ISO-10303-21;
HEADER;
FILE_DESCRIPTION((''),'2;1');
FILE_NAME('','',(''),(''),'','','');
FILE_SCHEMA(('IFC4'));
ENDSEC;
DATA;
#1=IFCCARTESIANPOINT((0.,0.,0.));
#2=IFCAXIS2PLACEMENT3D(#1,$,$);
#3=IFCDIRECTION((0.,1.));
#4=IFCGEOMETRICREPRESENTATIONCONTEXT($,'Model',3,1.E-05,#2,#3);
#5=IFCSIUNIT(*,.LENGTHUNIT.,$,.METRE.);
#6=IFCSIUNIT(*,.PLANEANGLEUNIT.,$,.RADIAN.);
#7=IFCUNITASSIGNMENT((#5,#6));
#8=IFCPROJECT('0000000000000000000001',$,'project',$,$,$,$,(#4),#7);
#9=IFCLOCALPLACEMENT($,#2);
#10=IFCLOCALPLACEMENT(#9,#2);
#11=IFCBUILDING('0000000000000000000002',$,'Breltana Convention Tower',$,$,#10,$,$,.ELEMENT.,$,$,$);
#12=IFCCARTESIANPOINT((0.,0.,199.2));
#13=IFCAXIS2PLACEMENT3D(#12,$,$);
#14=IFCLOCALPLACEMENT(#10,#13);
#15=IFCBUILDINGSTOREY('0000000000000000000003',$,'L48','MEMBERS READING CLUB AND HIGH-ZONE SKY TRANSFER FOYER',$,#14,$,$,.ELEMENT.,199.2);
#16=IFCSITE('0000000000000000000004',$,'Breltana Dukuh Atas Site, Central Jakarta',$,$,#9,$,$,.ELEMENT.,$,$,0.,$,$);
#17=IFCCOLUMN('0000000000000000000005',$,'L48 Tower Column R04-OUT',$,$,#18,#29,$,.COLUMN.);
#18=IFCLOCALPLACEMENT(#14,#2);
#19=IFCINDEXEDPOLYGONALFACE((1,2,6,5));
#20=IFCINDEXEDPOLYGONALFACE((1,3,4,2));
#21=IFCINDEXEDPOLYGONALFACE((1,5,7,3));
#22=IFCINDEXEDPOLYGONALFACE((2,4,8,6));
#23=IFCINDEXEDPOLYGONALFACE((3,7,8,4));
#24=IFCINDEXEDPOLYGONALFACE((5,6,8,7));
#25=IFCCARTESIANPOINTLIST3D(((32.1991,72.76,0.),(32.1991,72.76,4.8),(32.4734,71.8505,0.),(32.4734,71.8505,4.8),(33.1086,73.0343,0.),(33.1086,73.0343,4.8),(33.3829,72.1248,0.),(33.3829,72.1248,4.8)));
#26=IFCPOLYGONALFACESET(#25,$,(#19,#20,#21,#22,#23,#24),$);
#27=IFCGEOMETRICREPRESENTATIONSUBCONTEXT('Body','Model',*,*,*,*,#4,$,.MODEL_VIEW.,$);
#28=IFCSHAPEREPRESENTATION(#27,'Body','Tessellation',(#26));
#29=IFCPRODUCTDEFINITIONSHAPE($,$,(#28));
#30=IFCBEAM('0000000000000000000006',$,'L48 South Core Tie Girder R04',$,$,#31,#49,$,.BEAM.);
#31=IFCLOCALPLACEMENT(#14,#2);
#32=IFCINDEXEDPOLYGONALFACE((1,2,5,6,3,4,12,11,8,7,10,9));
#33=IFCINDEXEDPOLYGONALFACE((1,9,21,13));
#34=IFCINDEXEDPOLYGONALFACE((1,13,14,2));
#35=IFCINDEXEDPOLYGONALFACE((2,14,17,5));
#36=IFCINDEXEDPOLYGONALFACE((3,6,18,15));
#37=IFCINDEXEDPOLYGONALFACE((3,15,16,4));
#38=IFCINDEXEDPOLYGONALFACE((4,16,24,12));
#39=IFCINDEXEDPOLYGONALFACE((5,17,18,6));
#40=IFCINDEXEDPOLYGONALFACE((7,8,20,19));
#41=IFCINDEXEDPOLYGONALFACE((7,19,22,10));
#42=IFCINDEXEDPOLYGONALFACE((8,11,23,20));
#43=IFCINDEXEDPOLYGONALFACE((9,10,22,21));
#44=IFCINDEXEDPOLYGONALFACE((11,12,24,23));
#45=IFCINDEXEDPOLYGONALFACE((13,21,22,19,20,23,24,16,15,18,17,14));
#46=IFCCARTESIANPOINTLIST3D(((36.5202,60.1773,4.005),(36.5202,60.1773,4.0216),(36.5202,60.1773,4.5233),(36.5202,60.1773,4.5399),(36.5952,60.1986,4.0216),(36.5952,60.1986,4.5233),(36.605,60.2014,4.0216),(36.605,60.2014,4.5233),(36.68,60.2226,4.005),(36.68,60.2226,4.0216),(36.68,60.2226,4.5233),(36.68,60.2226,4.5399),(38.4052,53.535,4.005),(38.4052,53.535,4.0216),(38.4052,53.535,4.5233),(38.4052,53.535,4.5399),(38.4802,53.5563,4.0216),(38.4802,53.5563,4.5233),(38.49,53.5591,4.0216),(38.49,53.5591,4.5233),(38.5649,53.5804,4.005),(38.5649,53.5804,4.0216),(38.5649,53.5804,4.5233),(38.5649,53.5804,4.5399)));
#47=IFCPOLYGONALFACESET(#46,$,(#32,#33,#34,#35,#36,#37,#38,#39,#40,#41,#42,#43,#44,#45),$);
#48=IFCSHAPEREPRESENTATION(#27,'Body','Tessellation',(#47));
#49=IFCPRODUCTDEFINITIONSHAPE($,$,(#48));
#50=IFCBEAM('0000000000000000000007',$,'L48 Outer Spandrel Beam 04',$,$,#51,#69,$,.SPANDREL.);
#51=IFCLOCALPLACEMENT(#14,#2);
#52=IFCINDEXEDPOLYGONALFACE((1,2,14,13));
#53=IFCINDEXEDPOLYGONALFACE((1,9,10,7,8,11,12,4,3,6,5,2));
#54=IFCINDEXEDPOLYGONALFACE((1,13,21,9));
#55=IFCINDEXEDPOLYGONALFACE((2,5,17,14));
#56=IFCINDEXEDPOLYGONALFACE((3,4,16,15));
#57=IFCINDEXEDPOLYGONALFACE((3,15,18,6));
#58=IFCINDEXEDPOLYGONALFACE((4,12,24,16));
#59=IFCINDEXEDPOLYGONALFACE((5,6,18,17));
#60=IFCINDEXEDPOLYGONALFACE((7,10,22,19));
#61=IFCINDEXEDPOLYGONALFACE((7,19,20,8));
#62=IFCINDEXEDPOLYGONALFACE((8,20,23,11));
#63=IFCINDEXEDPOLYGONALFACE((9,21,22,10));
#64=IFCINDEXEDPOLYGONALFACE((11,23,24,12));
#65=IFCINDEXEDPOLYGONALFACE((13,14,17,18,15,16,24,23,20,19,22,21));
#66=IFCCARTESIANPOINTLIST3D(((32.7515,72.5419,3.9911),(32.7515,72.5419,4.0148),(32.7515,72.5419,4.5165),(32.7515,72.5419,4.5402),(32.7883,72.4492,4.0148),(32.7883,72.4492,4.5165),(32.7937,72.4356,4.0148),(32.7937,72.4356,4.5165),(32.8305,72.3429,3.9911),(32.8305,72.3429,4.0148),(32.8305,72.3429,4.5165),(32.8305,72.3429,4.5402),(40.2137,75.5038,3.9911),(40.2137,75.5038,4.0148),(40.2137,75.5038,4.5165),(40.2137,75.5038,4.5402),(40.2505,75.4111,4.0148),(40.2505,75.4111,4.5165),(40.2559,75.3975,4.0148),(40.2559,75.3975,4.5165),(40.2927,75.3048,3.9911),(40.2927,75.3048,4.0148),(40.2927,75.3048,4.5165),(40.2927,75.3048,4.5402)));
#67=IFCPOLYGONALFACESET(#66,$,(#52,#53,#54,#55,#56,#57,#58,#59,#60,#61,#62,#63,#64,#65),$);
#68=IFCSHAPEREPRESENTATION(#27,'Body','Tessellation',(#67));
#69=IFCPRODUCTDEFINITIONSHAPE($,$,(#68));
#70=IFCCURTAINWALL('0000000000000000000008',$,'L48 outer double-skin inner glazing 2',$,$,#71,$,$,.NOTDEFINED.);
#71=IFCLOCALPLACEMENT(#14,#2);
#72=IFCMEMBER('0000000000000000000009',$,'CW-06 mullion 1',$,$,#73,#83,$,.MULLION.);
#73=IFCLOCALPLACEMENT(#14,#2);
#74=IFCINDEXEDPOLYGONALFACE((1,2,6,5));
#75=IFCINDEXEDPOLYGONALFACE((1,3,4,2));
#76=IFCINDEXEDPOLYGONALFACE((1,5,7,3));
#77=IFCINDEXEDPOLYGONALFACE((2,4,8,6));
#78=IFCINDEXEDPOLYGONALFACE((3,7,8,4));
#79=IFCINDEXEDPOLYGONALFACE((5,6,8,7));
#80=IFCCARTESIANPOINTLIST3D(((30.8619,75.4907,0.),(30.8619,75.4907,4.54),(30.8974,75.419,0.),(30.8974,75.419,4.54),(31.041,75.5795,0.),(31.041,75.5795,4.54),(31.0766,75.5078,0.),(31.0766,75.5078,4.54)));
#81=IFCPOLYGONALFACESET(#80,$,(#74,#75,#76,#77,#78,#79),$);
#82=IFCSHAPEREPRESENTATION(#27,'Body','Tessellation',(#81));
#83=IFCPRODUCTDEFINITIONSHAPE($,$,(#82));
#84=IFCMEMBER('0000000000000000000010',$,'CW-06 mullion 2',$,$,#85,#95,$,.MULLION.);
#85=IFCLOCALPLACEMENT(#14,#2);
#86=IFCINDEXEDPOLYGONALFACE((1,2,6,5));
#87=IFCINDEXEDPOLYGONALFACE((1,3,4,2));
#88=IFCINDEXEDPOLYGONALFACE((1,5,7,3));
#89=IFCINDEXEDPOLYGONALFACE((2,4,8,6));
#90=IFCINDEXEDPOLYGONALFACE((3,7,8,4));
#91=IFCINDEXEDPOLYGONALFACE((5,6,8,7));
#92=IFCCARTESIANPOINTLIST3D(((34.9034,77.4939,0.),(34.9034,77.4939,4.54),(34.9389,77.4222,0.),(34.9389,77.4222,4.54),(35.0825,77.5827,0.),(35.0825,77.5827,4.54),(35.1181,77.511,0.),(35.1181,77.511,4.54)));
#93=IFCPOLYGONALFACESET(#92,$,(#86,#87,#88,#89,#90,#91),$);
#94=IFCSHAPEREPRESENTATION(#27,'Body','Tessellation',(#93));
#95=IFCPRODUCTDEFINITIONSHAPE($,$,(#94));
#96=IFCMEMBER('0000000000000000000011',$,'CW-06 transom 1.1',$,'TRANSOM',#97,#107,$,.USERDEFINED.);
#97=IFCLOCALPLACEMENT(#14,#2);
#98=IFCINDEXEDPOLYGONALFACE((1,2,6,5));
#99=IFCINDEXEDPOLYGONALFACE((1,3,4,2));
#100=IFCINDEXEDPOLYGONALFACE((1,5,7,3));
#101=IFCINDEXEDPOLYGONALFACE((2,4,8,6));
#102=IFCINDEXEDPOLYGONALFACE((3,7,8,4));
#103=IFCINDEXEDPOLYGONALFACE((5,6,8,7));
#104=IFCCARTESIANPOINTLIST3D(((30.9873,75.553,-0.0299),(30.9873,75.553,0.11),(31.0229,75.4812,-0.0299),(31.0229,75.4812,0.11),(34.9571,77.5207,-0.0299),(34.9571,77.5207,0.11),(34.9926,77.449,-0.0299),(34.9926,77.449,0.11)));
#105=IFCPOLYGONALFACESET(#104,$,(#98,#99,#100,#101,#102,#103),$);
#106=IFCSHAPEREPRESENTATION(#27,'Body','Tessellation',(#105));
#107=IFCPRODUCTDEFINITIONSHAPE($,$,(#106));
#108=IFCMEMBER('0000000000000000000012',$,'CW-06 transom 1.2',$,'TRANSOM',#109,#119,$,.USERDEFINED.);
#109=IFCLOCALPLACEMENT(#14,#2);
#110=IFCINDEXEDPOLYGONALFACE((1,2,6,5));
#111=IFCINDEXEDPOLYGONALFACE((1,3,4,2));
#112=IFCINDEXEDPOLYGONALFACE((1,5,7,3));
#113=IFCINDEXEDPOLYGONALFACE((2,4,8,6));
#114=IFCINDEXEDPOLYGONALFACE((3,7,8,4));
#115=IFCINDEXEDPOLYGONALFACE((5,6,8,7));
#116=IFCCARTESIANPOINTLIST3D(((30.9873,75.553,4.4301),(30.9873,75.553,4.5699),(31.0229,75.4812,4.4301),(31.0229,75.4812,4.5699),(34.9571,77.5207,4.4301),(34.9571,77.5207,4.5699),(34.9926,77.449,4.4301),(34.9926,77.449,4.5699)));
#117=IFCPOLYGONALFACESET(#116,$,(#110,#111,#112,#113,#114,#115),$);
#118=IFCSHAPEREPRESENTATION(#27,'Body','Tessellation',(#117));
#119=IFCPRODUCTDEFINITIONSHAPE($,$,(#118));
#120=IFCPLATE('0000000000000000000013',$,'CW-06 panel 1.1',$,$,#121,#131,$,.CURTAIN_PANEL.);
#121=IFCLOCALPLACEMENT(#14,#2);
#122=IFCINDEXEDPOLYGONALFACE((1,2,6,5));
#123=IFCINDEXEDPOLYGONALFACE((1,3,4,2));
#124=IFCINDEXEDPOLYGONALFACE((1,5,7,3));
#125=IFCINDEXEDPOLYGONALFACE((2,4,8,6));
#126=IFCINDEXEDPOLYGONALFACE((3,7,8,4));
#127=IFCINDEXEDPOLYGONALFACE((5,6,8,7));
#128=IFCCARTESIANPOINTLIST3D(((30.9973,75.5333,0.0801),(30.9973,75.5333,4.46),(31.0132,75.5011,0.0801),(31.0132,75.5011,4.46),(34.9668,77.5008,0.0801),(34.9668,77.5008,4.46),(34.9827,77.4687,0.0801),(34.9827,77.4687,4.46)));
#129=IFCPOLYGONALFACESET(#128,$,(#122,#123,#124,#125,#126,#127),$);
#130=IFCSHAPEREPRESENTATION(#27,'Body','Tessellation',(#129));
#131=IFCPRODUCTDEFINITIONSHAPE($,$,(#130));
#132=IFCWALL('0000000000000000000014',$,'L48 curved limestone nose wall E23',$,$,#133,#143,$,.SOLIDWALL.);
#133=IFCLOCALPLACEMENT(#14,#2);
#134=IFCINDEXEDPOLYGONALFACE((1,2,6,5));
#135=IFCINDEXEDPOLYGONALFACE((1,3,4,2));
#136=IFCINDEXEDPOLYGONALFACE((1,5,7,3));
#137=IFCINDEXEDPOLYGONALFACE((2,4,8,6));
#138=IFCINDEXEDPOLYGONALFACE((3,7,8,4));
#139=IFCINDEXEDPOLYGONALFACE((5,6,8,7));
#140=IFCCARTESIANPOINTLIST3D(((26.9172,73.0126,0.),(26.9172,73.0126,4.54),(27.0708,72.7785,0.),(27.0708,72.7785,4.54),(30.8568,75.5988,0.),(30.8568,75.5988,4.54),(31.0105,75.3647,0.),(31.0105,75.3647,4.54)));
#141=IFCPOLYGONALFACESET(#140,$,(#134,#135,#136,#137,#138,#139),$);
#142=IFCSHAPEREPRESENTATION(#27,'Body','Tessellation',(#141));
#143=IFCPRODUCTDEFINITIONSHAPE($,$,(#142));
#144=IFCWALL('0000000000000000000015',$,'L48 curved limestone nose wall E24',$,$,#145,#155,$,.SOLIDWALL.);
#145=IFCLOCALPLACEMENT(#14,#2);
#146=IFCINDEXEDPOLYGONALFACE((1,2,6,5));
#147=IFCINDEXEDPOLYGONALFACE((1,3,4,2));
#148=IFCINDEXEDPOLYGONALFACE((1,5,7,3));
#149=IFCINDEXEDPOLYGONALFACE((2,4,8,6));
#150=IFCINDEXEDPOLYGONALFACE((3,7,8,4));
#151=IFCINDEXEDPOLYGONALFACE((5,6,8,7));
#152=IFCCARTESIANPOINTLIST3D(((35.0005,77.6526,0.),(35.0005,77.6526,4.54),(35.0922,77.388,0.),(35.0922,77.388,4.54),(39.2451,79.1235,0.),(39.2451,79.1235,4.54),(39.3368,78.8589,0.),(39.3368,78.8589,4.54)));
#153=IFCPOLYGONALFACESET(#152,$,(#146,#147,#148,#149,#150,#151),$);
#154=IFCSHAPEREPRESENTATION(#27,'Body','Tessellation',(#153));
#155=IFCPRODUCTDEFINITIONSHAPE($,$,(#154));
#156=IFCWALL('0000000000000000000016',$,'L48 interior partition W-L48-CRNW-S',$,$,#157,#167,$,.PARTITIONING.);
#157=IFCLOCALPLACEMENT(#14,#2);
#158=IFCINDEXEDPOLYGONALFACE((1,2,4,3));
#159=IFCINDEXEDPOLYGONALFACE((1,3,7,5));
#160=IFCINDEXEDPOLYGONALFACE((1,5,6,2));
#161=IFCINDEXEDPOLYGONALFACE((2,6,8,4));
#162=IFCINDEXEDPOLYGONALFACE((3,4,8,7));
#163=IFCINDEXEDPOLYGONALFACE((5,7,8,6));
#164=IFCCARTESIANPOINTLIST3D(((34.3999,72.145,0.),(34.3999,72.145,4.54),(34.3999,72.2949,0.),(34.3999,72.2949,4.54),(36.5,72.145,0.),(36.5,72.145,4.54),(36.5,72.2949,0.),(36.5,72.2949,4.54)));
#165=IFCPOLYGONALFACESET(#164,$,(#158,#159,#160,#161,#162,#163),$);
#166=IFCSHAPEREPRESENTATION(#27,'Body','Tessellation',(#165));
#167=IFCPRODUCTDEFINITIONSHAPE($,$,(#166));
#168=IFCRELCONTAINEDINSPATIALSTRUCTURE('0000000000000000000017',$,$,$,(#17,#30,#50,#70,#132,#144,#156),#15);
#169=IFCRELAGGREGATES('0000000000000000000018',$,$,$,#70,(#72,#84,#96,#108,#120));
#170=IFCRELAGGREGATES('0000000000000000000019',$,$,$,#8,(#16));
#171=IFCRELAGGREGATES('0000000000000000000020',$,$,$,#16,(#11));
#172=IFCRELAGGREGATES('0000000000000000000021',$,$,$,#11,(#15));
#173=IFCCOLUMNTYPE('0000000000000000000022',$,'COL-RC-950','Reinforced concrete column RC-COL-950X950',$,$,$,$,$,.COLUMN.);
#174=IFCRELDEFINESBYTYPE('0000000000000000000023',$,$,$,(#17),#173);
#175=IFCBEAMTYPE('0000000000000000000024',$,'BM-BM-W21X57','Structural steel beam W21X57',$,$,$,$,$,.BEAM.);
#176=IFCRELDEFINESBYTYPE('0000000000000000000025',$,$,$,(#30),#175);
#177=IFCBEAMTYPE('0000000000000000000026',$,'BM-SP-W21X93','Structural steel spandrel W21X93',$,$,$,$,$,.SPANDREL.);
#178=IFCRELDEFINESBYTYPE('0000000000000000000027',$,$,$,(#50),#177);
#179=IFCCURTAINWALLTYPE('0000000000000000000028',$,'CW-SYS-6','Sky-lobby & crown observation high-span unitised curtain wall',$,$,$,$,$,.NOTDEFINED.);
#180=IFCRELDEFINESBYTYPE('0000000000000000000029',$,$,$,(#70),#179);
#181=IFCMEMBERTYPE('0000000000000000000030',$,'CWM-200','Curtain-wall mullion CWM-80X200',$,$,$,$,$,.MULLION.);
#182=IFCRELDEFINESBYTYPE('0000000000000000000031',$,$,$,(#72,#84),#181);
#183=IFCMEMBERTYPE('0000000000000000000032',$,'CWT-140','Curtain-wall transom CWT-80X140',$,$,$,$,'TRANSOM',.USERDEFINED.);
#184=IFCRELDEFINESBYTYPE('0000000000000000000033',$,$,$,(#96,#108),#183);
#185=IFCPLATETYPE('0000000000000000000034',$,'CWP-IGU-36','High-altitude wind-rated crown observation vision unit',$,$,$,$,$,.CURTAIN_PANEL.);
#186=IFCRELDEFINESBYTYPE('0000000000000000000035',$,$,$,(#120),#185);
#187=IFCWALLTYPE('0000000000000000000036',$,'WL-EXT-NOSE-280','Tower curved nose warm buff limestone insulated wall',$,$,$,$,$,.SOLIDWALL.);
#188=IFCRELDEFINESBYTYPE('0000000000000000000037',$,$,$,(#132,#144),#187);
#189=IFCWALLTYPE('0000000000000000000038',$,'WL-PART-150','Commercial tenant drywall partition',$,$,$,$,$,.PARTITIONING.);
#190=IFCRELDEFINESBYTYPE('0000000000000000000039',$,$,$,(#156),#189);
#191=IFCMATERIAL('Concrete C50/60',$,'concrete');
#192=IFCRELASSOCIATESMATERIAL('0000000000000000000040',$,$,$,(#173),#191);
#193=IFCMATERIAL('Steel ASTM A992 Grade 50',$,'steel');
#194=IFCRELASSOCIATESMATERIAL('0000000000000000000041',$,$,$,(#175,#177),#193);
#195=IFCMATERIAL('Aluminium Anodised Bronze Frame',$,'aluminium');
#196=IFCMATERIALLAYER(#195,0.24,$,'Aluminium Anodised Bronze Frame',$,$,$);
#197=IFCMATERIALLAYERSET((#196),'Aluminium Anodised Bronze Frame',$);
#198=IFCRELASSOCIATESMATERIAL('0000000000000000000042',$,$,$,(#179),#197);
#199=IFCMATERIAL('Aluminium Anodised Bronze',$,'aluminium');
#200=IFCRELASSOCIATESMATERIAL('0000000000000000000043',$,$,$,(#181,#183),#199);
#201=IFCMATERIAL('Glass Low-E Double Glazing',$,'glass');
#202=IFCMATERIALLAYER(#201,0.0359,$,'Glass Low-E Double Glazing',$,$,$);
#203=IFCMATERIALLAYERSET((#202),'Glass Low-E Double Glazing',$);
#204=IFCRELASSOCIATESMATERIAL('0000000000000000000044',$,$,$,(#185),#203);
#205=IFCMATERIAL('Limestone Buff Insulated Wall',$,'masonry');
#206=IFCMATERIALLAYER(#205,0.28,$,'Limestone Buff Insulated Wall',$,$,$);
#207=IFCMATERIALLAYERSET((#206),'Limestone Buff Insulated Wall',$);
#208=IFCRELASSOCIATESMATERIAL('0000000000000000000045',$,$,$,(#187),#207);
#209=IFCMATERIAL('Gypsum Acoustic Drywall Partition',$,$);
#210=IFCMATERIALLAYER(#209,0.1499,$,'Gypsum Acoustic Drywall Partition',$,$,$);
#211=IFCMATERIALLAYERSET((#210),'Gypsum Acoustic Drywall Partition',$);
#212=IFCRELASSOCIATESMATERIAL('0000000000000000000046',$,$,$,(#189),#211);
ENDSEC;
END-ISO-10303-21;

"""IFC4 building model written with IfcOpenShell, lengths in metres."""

from ifc_helpers import new_model, si_unit, direction, frame, frame_2d, origin, origin_2d, place, context, subcontext, project, spatial, rectangle, i_section, extrude, source, transform, mapped, material, layer, layer_set, material_profile, profile_set, type_object, type_shapes, element, aggregate, save


model = new_model("IFC4")

# Units and contexts
model_context = context("Model", 3, precision=1e-05, world=origin(), true_north=direction((0.0, 1.0)))
body_context = subcontext(model_context, "Body", "Model", "MODEL_VIEW")
ifc_project = project(units=[si_unit("LENGTHUNIT", "METRE"), si_unit("PLANEANGLEUNIT", "RADIAN")], contexts=[model_context])

# Site, building, storey
site_placement = place(None, origin())
site = spatial("IfcSite", under=ifc_project, at=site_placement, Name="Breltana Dukuh Atas Site, Central Jakarta", CompositionType="ELEMENT", RefElevation=0.0)
building_placement = place(site_placement, origin())
building = spatial("IfcBuilding", under=site, at=building_placement, Name="Breltana Convention Tower", CompositionType="ELEMENT")
storey_placement = place(building_placement, frame((0.0, 0.0, 199.2)))
storey = spatial("IfcBuildingStorey", under=building, at=storey_placement, Name="L48", Description="MEMBERS READING CLUB AND HIGH-ZONE SKY TRANSFER FOYER", CompositionType="ELEMENT", Elevation=199.2)

# Column
ifc_material_1 = material(Name="Concrete C50/60", Category="concrete")
ifc_material_profile_1 = material_profile(ifc_material_1, rectangle(XDim=0.95, YDim=0.95, at=origin_2d()), Name="RC-COL-950X950")
ifc_profile_set_1 = profile_set([ifc_material_profile_1], Name="Concrete C50/60")
column_type = type_object("IfcColumnType", Name="COL-RC-950", Description="Reinforced concrete column RC-COL-950X950", PredefinedType="COLUMN", material=ifc_profile_set_1)
shared_shape_1 = source(origin(), body_context, "Body", "SweptSolid", [
    extrude(rectangle(XDim=0.95, YDim=0.95, at=origin_2d()), origin(), (0.0, 0.0, 1.0), 4.8),
])
type_shapes(column_type, [shared_shape_1])
column_placement = place(storey_placement, frame((32.791, 72.4424, 0.0), z_axis=(0.0, 0.0, 1.0), x_axis=(-0.288698, 0.95742, 0.0)))
element("IfcColumn", 1, at=column_placement, inside=storey, type_object=column_type, Name="L48 Tower Column R04-OUT", PredefinedType="COLUMN", context=body_context, shape_type="MappedRepresentation", body=[
    mapped(shared_shape_1, transform((0.0, 0.0, 0.0), scale=1.0)),
])

# Beams
ifc_material_2 = material(Name="Steel ASTM A992 Grade 50", Category="steel")
ifc_material_profile_2 = material_profile(ifc_material_2, i_section(OverallWidth=0.166, OverallDepth=0.5349, WebThickness=0.0103, FlangeThickness=0.0166, at=origin_2d()), Name="W21X57")
ifc_profile_set_2 = profile_set([ifc_material_profile_2], Name="Steel ASTM A992 Grade 50")
beam_type_1 = type_object("IfcBeamType", Name="BM-BM-W21X57", Description="Structural steel beam W21X57", PredefinedType="BEAM", material=ifc_profile_set_2)
shared_shape_2 = source(origin(), body_context, "Body", "SweptSolid", [
    extrude(i_section(OverallWidth=0.166, OverallDepth=0.5349, WebThickness=0.0103, FlangeThickness=0.0166, at=origin_2d()), origin(), (0.0, 0.0, 1.0), 6.9045),
])
type_shapes(beam_type_1, [shared_shape_2])
beam_1_placement = place(storey_placement, frame((36.6001, 60.2, 4.2725), z_axis=(0.273007, -0.962012, 0.0), x_axis=(0.962012, 0.273007, 0.0)))
element("IfcBeam", 2, at=beam_1_placement, inside=storey, type_object=beam_type_1, Name="L48 South Core Tie Girder R04", PredefinedType="BEAM", context=body_context, shape_type="MappedRepresentation", body=[
    mapped(shared_shape_2, transform((0.0, 0.0, 0.0), scale=1.0)),
])
ifc_material_profile_3 = material_profile(ifc_material_2, i_section(OverallWidth=0.2141, OverallDepth=0.5491, WebThickness=0.0146, FlangeThickness=0.0237, at=origin_2d()), Name="W21X93")
ifc_profile_set_3 = profile_set([ifc_material_profile_3], Name="Steel ASTM A992 Grade 50")
beam_type_2 = type_object("IfcBeamType", Name="BM-SP-W21X93", Description="Structural steel spandrel W21X93", PredefinedType="SPANDREL", material=ifc_profile_set_3)
shared_shape_3 = source(origin(), body_context, "Body", "SweptSolid", [
    extrude(i_section(OverallWidth=0.2141, OverallDepth=0.5491, WebThickness=0.0146, FlangeThickness=0.0237, at=origin_2d()), origin(), (0.0, 0.0, 1.0), 8.0286),
])
beam_2_placement = place(storey_placement, frame((32.791, 72.4424, 4.2656), z_axis=(0.929459, 0.368925, 0.0), x_axis=(-0.368925, 0.929459, 0.0)))
element("IfcBeam", 3, at=beam_2_placement, inside=storey, type_object=beam_type_2, Name="L48 Outer Spandrel Beam 04", PredefinedType="SPANDREL", context=body_context, shape_type="MappedRepresentation", body=[
    mapped(shared_shape_3, transform((0.0, 0.0, 0.0), scale=1.0)),
])

# Curtain wall, members, plate
ifc_material_3 = material(Name="Aluminium Anodised Bronze Frame", Category="aluminium")
ifc_layer_1 = layer(ifc_material_3, 0.24, Name="Aluminium Anodised Bronze Frame")
ifc_layer_set_1 = layer_set([ifc_layer_1], Name="Aluminium Anodised Bronze Frame")
curtain_wall_type = type_object("IfcCurtainWallType", Name="CW-SYS-6", Description="Sky-lobby & crown observation high-span unitised curtain wall", PredefinedType="NOTDEFINED", material=ifc_layer_set_1)
curtain_wall_placement = place(storey_placement, origin())
curtain_wall = element("IfcCurtainWall", 4, at=curtain_wall_placement, inside=storey, type_object=curtain_wall_type, Name="L48 outer double-skin inner glazing 2", PredefinedType="NOTDEFINED")
ifc_material_4 = material(Name="Aluminium Anodised Bronze", Category="aluminium")
ifc_material_profile_4 = material_profile(ifc_material_4, rectangle(XDim=0.0801, YDim=0.2, at=origin_2d()), Name="CWM-80X200")
ifc_profile_set_4 = profile_set([ifc_material_profile_4], Name="Aluminium Anodised Bronze")
member_type_1 = type_object("IfcMemberType", Name="CWM-200", Description="Curtain-wall mullion CWM-80X200", PredefinedType="MULLION", material=ifc_profile_set_4)
shared_shape_4 = source(origin(), body_context, "Body", "SweptSolid", [
    extrude(rectangle(XDim=0.0801, YDim=0.2, at=origin_2d()), origin(), (0.0, 0.0, 1.0), 4.54),
])
member_1_placement = place(storey_placement, frame((30.9692, 75.4993, 0.0), z_axis=(0.0, 0.0, 1.0), x_axis=(-0.444109, 0.895973, 0.0)))
member_1 = element("IfcMember", 5, at=member_1_placement, type_object=member_type_1, Name="CW-06 mullion 1", PredefinedType="MULLION", context=body_context, shape_type="MappedRepresentation", body=[
    mapped(shared_shape_4, transform((0.0, 0.0, 0.0), scale=1.0)),
])
member_2_placement = place(storey_placement, frame((35.0107, 77.5024, 0.0), z_axis=(0.0, 0.0, 1.0), x_axis=(-0.444109, 0.895973, 0.0)))
member_2 = element("IfcMember", 6, at=member_2_placement, type_object=member_type_1, Name="CW-06 mullion 2", PredefinedType="MULLION", context=body_context, shape_type="MappedRepresentation", body=[
    mapped(shared_shape_4, transform((0.0, 0.0, 0.0), scale=1.0)),
])
ifc_material_profile_5 = material_profile(ifc_material_4, rectangle(XDim=0.0801, YDim=0.1399, at=origin_2d()), Name="CWT-80X140")
ifc_profile_set_5 = profile_set([ifc_material_profile_5], Name="Aluminium Anodised Bronze")
member_type_2 = type_object("IfcMemberType", Name="CWT-140", Description="Curtain-wall transom CWT-80X140", ElementType="TRANSOM", PredefinedType="USERDEFINED", material=ifc_profile_set_5)
shared_shape_5 = source(origin(), body_context, "Body", "SweptSolid", [
    extrude(rectangle(XDim=0.0801, YDim=0.1399, at=origin_2d()), origin(), (0.0, 0.0, 1.0), 4.4307),
])
member_3_placement = place(storey_placement, frame((31.0051, 75.5171, 0.04), z_axis=(0.895965, 0.444125, 0.0), x_axis=(-0.444125, 0.895965, 0.0)))
member_3 = element("IfcMember", 7, at=member_3_placement, type_object=member_type_2, Name="CW-06 transom 1.1", ObjectType="TRANSOM", PredefinedType="USERDEFINED", context=body_context, shape_type="MappedRepresentation", body=[
    mapped(shared_shape_5, transform((0.0, 0.0, 0.0), scale=1.0)),
])
member_4_placement = place(storey_placement, frame((31.0051, 75.5171, 4.5), z_axis=(0.895965, 0.444125, 0.0), x_axis=(-0.444125, 0.895965, 0.0)))
member_4 = element("IfcMember", 8, at=member_4_placement, type_object=member_type_2, Name="CW-06 transom 1.2", ObjectType="TRANSOM", PredefinedType="USERDEFINED", context=body_context, shape_type="MappedRepresentation", body=[
    mapped(shared_shape_5, transform((0.0, 0.0, 0.0), scale=1.0)),
])
ifc_material_5 = material(Name="Glass Low-E Double Glazing", Category="glass")
ifc_layer_2 = layer(ifc_material_5, 0.0359, Name="Glass Low-E Double Glazing")
ifc_layer_set_2 = layer_set([ifc_layer_2], Name="Glass Low-E Double Glazing")
plate_type = type_object("IfcPlateType", Name="CWP-IGU-36", Description="High-altitude wind-rated crown observation vision unit", PredefinedType="CURTAIN_PANEL", material=ifc_layer_set_2)
shared_shape_6 = source(origin(), body_context, "Body", "SweptSolid", [
    extrude(rectangle(XDim=4.4304, YDim=0.0359, at=origin_2d()), origin(), (0.0, 0.0, 1.0), 4.3799),
])
plate_placement = place(storey_placement, frame((32.99, 76.501, 0.0801), z_axis=(0.0, 0.0, 1.0), x_axis=(0.895973, 0.444109, 0.0)))
plate = element("IfcPlate", 9, at=plate_placement, type_object=plate_type, Name="CW-06 panel 1.1", PredefinedType="CURTAIN_PANEL", context=body_context, shape_type="MappedRepresentation", body=[
    mapped(shared_shape_6, transform((0.0, 0.0, 0.0), scale=1.0)),
])
aggregate(curtain_wall, [member_1, member_2, member_3, member_4, plate])

# Walls
ifc_material_6 = material(Name="Limestone Buff Insulated Wall", Category="masonry")
ifc_layer_3 = layer(ifc_material_6, 0.28, Name="Limestone Buff Insulated Wall")
ifc_layer_set_3 = layer_set([ifc_layer_3], Name="Limestone Buff Insulated Wall")
wall_type_1 = type_object("IfcWallType", Name="WL-EXT-NOSE-280", Description="Tower curved nose warm buff limestone insulated wall", PredefinedType="SOLIDWALL", material=ifc_layer_set_3)
shared_shape_7 = source(origin(), body_context, "Body", "SweptSolid", [
    extrude(rectangle(XDim=4.7126, YDim=0.28, at=frame_2d((2.3564, 0.0))), origin(), (0.0, 0.0, 1.0), 4.54),
])
wall_1_placement = place(storey_placement, frame((26.9939, 72.8955, 0.0), z_axis=(0.0, 0.0, 1.0), x_axis=(0.835974, 0.548768, 0.0)))
element("IfcWall", 10, at=wall_1_placement, inside=storey, type_object=wall_type_1, Name="L48 curved limestone nose wall E23", PredefinedType="SOLIDWALL", context=body_context, shape_type="MappedRepresentation", body=[
    mapped(shared_shape_7, transform((0.0, 0.0, 0.0), scale=1.0)),
])
shared_shape_8 = source(origin(), body_context, "Body", "SweptSolid", [
    extrude(rectangle(XDim=4.4922, YDim=0.28, at=frame_2d((2.2461, 0.0))), origin(), (0.0, 0.0, 1.0), 4.54),
])
wall_2_placement = place(storey_placement, frame((35.0464, 77.5203, 0.0), z_axis=(0.0, 0.0, 1.0), x_axis=(0.944872, 0.327439, 0.0)))
element("IfcWall", 11, at=wall_2_placement, inside=storey, type_object=wall_type_1, Name="L48 curved limestone nose wall E24", PredefinedType="SOLIDWALL", context=body_context, shape_type="MappedRepresentation", body=[
    mapped(shared_shape_8, transform((0.0, 0.0, 0.0), scale=1.0)),
])
ifc_material_7 = material(Name="Gypsum Acoustic Drywall Partition")
ifc_layer_4 = layer(ifc_material_7, 0.1499, Name="Gypsum Acoustic Drywall Partition")
ifc_layer_set_4 = layer_set([ifc_layer_4], Name="Gypsum Acoustic Drywall Partition")
wall_type_2 = type_object("IfcWallType", Name="WL-PART-150", Description="Commercial tenant drywall partition", PredefinedType="PARTITIONING", material=ifc_layer_set_4)
shared_shape_9 = source(origin(), body_context, "Body", "SweptSolid", [
    extrude(rectangle(XDim=2.1001, YDim=0.1499, at=frame_2d((1.05, 0.0))), origin(), (0.0, 0.0, 1.0), 4.54),
])
wall_3_placement = place(storey_placement, frame((34.3999, 72.22, 0.0), z_axis=(0.0, 0.0, 1.0), x_axis=(1.0, 0.0, 0.0)))
element("IfcWall", 12, at=wall_3_placement, inside=storey, type_object=wall_type_2, Name="L48 interior partition W-L48-CRNW-S", PredefinedType="PARTITIONING", context=body_context, shape_type="MappedRepresentation", body=[
    mapped(shared_shape_9, transform((0.0, 0.0, 0.0), scale=1.0)),
])

save(model, "model.ifc")
